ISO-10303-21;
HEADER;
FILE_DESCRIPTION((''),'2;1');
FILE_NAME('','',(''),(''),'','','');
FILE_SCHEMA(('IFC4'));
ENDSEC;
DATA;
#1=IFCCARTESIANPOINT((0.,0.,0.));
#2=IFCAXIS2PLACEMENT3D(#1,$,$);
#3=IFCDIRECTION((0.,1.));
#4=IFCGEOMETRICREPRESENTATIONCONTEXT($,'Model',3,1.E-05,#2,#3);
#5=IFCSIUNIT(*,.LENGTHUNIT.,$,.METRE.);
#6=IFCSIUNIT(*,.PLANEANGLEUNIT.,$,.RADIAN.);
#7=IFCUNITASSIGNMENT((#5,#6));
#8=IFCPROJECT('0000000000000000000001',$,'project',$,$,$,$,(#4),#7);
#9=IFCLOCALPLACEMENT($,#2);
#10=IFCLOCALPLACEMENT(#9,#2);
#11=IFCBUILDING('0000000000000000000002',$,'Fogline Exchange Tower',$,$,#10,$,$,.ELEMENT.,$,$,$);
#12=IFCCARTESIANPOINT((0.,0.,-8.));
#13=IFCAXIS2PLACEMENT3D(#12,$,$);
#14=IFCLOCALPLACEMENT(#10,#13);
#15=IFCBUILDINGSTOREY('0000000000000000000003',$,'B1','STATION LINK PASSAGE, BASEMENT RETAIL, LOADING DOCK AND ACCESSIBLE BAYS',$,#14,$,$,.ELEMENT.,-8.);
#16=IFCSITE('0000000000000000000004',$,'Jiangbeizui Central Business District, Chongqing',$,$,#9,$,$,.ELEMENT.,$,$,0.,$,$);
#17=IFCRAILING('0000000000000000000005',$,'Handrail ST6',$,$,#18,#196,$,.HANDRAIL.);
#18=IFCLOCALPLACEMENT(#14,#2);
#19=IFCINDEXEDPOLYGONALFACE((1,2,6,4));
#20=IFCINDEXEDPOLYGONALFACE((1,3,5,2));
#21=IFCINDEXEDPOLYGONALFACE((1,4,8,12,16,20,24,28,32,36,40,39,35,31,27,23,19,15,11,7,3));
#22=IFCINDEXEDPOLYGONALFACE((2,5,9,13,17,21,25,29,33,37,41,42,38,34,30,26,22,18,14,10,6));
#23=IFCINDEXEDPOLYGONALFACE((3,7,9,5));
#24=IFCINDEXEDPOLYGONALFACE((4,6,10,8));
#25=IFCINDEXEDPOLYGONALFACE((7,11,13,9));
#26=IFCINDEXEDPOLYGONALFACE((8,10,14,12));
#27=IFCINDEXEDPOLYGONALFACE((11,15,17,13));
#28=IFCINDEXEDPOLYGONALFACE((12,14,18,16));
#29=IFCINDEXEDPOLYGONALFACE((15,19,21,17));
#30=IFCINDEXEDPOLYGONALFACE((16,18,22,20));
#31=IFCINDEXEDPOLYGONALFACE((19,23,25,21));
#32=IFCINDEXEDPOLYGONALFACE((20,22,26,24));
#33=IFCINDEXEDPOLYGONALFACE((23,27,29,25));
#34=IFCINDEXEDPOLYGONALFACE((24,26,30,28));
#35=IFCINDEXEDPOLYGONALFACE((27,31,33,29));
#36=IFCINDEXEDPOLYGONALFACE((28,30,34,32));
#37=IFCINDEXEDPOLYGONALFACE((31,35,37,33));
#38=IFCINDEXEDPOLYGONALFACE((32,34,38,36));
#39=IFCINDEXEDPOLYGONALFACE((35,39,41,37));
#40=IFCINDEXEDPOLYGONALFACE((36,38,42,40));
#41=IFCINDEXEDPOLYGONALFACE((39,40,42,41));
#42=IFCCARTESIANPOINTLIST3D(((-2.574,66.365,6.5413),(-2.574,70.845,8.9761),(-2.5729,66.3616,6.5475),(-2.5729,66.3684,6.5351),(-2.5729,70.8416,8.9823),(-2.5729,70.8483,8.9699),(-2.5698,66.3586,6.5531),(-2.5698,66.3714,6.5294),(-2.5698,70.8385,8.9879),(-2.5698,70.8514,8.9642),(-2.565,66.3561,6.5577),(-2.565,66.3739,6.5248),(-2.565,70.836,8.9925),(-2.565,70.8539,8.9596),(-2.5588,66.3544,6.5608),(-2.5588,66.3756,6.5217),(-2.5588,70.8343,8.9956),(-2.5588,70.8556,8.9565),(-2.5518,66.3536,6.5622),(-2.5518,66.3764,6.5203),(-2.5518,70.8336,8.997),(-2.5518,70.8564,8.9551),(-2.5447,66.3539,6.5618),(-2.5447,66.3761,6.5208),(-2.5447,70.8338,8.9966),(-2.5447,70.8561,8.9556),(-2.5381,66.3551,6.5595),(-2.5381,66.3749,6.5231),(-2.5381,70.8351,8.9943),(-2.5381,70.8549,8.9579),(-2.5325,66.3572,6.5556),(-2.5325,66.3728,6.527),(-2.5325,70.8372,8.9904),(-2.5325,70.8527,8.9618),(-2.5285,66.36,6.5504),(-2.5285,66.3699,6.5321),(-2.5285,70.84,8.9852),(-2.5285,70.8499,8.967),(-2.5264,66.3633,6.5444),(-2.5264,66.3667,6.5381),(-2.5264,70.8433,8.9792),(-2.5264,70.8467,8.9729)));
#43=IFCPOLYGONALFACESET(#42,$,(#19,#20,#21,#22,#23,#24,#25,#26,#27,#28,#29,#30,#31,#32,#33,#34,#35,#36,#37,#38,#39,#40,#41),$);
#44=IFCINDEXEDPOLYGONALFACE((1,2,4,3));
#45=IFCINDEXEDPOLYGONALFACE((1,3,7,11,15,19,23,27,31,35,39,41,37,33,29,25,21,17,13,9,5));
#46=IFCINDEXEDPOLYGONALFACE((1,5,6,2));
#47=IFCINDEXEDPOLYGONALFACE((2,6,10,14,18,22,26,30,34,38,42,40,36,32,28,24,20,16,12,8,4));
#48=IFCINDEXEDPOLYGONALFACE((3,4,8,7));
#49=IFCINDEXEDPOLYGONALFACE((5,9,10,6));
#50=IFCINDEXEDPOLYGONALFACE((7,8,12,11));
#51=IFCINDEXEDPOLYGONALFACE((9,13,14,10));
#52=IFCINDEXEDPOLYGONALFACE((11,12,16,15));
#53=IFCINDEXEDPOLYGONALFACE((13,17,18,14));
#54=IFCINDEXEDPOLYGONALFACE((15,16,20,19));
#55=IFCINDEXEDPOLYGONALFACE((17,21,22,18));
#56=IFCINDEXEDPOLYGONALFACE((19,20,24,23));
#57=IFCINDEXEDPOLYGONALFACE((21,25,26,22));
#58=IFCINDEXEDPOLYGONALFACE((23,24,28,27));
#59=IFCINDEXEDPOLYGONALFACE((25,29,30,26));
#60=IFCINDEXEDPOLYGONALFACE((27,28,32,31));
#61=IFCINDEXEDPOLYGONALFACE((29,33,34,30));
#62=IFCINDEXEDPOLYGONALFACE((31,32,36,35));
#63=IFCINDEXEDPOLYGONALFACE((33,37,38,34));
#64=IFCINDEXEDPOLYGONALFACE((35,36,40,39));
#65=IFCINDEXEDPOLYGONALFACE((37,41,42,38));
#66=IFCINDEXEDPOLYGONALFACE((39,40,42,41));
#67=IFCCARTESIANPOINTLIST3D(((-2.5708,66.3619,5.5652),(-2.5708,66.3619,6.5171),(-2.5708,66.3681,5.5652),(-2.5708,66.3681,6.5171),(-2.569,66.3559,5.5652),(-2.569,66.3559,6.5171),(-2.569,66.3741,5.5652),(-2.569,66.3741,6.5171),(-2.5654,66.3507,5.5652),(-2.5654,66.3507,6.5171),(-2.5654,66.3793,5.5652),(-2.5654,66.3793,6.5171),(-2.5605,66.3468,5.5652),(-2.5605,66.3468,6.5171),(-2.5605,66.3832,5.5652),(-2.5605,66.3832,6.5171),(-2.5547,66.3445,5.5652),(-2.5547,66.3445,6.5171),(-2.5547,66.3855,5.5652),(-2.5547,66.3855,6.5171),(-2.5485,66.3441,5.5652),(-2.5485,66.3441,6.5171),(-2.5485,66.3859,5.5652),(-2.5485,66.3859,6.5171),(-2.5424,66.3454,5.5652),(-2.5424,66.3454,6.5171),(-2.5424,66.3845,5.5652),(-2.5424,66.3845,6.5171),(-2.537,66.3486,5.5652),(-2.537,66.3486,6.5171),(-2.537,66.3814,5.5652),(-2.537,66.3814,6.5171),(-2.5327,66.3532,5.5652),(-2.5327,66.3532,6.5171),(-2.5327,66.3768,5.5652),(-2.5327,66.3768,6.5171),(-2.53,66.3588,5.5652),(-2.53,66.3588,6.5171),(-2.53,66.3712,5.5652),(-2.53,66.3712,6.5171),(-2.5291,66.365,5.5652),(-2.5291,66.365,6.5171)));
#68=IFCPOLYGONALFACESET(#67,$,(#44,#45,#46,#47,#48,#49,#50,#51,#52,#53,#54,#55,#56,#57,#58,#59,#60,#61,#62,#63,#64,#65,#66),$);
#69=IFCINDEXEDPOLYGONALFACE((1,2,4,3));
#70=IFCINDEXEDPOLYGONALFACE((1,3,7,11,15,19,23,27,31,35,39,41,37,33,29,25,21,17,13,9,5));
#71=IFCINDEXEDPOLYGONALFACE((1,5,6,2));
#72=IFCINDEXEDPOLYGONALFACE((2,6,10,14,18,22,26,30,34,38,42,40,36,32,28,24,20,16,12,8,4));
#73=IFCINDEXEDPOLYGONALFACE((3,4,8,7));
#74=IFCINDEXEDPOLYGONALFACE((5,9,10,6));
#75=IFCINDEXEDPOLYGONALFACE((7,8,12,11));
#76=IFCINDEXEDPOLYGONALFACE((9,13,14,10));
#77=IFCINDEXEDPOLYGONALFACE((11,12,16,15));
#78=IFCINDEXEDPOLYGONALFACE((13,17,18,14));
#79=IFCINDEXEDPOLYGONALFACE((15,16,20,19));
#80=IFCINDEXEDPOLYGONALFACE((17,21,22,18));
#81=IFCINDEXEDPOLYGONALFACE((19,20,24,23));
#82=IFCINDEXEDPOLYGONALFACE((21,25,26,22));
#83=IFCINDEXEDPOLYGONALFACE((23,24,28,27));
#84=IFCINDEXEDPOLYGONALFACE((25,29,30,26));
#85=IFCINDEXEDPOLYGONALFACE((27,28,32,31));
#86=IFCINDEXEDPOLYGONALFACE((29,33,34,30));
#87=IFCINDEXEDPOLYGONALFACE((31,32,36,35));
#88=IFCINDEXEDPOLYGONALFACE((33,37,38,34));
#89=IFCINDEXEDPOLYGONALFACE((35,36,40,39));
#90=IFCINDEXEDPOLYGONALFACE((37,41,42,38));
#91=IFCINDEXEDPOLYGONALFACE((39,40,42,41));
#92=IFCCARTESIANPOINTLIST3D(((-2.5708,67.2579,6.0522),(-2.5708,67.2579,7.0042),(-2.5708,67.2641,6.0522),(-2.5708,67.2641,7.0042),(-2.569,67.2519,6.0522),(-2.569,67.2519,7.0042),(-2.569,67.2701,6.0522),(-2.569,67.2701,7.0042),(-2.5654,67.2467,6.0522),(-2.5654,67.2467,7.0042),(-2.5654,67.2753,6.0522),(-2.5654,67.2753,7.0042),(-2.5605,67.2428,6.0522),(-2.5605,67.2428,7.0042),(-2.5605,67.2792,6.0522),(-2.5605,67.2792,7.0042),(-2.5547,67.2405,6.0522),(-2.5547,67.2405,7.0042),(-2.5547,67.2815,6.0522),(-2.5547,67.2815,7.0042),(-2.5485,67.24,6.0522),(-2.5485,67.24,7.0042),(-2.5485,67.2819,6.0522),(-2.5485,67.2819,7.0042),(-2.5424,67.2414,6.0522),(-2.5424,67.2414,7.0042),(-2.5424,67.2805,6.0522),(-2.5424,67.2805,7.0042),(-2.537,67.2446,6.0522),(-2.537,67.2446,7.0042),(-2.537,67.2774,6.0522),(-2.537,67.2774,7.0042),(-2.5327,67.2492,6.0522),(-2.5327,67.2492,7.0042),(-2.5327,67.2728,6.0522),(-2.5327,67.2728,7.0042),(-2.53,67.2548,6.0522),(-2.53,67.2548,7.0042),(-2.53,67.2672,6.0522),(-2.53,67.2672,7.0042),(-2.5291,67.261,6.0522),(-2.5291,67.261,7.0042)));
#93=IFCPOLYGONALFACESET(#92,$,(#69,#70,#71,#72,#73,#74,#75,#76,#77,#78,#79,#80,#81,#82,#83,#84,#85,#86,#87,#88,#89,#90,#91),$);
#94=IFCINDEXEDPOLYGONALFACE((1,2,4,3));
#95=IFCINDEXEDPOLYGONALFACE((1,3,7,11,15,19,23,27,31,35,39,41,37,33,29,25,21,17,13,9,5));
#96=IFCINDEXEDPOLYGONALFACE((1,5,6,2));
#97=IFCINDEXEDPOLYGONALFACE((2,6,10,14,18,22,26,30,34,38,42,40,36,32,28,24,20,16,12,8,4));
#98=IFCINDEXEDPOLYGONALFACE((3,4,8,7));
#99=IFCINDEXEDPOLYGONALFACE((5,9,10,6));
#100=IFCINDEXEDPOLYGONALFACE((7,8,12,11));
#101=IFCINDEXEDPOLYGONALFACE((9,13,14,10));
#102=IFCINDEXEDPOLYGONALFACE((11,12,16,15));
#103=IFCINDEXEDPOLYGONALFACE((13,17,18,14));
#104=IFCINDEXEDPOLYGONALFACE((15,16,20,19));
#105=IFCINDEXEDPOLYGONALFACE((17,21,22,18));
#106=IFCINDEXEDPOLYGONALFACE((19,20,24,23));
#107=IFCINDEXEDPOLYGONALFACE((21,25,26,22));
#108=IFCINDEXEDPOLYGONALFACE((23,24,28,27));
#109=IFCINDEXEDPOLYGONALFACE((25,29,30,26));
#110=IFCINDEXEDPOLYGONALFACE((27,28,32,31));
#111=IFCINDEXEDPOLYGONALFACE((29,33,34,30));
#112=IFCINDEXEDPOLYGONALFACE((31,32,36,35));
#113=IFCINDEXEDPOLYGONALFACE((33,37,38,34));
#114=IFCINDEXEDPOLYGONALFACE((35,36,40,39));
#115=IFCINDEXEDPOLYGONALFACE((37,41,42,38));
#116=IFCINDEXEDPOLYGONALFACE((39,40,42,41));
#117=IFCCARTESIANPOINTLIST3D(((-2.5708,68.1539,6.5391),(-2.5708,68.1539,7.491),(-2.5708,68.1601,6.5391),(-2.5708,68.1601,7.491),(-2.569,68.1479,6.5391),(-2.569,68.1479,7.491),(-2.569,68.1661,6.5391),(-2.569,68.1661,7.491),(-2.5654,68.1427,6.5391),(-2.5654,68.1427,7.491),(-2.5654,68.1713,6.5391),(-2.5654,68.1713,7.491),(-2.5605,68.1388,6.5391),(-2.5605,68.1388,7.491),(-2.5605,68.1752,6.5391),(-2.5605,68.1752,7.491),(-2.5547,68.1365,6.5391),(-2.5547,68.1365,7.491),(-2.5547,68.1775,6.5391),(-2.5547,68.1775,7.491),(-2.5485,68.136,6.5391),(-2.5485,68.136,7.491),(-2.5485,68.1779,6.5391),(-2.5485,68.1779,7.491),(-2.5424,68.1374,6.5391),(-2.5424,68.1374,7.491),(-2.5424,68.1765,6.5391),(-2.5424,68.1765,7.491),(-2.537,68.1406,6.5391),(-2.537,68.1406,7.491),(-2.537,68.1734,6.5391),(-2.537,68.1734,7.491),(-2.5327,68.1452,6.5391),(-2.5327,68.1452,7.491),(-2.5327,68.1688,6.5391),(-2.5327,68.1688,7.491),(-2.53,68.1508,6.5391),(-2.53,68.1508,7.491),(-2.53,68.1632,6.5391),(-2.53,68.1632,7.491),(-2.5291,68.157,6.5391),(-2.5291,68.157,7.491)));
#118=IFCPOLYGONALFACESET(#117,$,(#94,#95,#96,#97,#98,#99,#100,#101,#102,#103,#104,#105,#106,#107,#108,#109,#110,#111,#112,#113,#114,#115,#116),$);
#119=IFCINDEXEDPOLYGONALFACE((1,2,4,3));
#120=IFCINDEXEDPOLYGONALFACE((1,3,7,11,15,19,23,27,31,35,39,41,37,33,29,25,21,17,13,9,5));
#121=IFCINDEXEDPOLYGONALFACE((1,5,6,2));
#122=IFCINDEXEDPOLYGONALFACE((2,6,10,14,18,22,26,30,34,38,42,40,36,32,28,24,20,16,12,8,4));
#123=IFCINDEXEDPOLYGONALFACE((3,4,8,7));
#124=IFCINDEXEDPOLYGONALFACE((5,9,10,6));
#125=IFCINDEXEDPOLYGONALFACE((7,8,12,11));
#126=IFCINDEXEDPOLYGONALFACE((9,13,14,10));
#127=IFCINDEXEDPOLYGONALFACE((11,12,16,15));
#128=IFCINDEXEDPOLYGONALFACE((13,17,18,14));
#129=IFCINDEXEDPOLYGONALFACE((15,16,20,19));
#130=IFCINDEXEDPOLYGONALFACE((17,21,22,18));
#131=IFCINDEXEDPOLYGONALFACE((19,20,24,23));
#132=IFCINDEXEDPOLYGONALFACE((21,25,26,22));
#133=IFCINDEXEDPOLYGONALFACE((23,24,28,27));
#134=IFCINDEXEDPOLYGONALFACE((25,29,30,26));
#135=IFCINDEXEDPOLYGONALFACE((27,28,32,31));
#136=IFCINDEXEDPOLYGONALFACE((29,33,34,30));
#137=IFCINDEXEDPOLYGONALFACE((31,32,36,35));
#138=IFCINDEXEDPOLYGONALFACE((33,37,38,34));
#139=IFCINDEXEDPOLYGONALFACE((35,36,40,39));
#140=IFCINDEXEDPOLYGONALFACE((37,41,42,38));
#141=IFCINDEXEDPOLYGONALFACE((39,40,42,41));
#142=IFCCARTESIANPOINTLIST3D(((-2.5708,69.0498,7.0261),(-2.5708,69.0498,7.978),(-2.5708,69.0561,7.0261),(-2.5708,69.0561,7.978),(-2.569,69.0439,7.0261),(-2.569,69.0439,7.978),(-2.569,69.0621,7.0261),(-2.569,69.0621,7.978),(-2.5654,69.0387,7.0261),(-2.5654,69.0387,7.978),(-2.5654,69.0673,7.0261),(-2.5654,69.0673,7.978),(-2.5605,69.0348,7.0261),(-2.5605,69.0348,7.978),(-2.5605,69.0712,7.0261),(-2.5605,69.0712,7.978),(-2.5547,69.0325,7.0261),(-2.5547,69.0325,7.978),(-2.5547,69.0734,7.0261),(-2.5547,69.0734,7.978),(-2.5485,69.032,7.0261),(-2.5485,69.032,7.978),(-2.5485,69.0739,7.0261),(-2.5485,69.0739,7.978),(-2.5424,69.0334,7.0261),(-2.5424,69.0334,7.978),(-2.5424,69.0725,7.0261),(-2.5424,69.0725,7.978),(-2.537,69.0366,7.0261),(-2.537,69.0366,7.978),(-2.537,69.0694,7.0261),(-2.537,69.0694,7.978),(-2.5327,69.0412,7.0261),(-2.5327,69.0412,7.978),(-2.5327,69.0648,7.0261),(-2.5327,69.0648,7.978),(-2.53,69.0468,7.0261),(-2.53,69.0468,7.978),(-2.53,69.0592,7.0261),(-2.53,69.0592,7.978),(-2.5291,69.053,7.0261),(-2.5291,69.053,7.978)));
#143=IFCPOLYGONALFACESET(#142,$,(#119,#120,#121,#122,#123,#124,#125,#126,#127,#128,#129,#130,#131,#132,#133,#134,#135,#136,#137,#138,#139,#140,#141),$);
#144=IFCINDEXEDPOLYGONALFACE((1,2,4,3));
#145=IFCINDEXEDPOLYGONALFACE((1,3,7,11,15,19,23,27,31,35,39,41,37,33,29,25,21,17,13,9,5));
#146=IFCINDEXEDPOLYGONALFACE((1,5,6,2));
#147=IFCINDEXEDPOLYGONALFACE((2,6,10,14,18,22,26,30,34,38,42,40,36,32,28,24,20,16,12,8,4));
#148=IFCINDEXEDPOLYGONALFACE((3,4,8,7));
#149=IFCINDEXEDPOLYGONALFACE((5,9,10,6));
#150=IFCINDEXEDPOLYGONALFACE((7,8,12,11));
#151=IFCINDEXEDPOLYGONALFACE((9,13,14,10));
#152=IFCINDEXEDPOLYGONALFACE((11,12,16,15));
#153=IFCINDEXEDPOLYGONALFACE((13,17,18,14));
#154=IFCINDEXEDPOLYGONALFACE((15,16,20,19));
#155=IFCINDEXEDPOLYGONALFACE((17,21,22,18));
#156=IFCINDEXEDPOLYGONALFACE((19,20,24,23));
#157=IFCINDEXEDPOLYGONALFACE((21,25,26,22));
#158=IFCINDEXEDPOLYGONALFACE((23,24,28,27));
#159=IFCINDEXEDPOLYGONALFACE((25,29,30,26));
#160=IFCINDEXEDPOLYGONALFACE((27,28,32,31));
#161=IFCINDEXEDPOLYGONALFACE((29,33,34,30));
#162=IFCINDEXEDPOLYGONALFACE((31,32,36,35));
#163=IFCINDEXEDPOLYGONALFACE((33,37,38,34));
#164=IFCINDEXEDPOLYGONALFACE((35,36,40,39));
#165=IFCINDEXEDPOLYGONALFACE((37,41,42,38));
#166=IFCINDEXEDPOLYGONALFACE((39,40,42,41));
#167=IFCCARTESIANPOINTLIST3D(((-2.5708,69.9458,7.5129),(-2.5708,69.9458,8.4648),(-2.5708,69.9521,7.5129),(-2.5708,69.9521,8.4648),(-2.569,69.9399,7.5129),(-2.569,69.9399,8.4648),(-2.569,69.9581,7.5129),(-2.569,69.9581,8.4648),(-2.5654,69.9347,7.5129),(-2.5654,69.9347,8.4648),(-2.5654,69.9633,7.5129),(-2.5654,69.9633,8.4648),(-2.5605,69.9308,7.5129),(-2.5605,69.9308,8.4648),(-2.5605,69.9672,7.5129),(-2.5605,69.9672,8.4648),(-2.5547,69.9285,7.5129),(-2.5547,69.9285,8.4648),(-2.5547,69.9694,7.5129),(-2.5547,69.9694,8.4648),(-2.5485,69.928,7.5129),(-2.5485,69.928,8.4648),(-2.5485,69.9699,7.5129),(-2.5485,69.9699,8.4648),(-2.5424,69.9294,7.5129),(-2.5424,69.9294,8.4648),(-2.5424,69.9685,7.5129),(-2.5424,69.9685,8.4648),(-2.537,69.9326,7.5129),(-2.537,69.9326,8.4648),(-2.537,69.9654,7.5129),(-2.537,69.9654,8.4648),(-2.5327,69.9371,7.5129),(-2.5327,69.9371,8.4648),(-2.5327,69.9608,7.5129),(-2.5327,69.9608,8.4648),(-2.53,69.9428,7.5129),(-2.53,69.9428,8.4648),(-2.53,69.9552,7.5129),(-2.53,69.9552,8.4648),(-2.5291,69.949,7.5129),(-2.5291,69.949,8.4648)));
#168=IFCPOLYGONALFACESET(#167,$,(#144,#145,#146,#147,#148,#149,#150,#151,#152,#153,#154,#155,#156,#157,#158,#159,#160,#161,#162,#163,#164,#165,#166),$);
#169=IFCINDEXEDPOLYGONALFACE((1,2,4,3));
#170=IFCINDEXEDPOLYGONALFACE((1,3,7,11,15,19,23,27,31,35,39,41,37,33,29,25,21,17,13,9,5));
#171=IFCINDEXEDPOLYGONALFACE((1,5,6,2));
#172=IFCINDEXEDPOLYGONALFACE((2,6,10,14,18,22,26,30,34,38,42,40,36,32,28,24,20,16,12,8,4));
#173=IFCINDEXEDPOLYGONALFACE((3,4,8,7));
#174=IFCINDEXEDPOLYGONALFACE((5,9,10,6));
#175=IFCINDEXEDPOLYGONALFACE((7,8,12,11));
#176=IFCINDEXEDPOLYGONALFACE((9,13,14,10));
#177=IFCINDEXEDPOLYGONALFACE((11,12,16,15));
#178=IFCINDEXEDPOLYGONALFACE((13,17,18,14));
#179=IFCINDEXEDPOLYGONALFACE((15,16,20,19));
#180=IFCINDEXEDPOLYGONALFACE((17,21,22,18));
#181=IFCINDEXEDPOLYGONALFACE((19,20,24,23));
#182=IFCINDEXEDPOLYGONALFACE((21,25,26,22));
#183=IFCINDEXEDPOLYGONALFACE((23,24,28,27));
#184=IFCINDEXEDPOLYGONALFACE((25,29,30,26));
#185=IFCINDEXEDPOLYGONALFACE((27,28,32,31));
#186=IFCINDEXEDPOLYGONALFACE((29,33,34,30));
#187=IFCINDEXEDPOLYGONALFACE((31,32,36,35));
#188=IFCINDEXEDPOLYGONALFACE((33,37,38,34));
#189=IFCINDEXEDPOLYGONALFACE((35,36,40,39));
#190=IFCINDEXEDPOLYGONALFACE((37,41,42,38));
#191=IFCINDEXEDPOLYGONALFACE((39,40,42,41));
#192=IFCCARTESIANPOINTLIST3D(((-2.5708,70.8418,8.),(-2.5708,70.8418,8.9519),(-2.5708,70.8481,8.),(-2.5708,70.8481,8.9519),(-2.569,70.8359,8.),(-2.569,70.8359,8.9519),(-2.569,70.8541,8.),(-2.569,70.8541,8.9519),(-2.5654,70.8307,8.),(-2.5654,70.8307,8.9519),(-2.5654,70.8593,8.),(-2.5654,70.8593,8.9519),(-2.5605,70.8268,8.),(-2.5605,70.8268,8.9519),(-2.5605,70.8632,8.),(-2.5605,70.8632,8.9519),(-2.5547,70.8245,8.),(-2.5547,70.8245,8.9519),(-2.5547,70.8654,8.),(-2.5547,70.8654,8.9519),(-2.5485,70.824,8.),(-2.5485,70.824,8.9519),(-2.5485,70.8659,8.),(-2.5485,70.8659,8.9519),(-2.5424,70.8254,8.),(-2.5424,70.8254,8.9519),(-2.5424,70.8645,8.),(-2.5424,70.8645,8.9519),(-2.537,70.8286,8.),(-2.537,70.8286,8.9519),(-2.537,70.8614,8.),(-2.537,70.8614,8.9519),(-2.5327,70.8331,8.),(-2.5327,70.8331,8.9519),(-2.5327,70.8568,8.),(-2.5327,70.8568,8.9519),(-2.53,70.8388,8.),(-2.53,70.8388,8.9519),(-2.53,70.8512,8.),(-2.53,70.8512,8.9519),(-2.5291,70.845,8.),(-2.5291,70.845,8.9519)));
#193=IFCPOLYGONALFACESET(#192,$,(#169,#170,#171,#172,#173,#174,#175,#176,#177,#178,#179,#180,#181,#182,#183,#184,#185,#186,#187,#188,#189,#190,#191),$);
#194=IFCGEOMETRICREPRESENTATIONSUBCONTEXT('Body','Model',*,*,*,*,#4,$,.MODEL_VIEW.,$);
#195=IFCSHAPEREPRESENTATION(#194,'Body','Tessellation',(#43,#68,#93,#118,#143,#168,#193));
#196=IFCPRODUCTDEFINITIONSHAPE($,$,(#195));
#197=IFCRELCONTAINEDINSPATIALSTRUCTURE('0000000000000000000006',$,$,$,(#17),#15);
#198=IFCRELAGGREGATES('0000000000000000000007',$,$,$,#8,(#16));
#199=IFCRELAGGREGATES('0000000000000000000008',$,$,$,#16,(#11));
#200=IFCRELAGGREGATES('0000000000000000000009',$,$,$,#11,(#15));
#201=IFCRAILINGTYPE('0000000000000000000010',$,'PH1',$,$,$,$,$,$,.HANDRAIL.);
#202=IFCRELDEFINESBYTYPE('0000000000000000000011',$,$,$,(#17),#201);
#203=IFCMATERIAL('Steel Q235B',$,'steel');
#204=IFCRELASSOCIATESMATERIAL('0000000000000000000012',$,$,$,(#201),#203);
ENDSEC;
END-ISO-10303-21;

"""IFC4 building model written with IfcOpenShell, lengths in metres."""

from ifc_helpers import new_model, si_unit, direction, frame, origin, origin_2d, place, context, subcontext, project, spatial, circle, extrude, material, type_object, element, save


model = new_model("IFC4")

# Units and contexts
model_context = context("Model", 3, precision=1e-05, world=origin(), true_north=direction((0.0, 1.0)))
body_context = subcontext(model_context, "Body", "Model", "MODEL_VIEW")
ifc_project = project(units=[si_unit("LENGTHUNIT", "METRE"), si_unit("PLANEANGLEUNIT", "RADIAN")], contexts=[model_context])

# Site, building, storey
site_placement = place(None, origin())
site = spatial("IfcSite", under=ifc_project, at=site_placement, Name="Jiangbeizui Central Business District, Chongqing", CompositionType="ELEMENT", RefElevation=0.0)
building_placement = place(site_placement, origin())
building = spatial("IfcBuilding", under=site, at=building_placement, Name="Fogline Exchange Tower", CompositionType="ELEMENT")
storey_placement = place(building_placement, frame((0.0, 0.0, -8.0)))
storey = spatial("IfcBuildingStorey", under=building, at=storey_placement, Name="B1", Description="STATION LINK PASSAGE, BASEMENT RETAIL, LOADING DOCK AND ACCESSIBLE BAYS", CompositionType="ELEMENT", Elevation=-8.0)

# Railing
ifc_material_1 = material(Name="Steel Q235B", Category="steel")
railing_type_1 = type_object("IfcRailingType", Name="PH1", PredefinedType="HANDRAIL", material=ifc_material_1)
for number, where, name in (
    (1, (-2.55, 66.365, 5.5652), "Handrail ST6"),
):
    element("IfcRailing", number, at=place(storey_placement, frame(where)), inside=storey, type_object=railing_type_1, Name=name, PredefinedType="HANDRAIL", context=body_context, shape_type="SweptSolid", body=[
        extrude(circle(Radius=0.0239, at=origin_2d()), frame((0.0, 0.0, 0.9761), z_axis=(0.0, 0.878621, 0.47752), x_axis=(-1.0, 0.0, 0.0)), (0.0, 0.0, 1.0), 5.0989),
        extrude(circle(Radius=0.021, at=origin_2d()), origin(), (0.0, 0.0, 1.0), 0.9519),
        extrude(circle(Radius=0.021, at=origin_2d()), frame((0.0, 0.896, 0.4871)), (0.0, 0.0, 1.0), 0.9519),
        extrude(circle(Radius=0.021, at=origin_2d()), frame((0.0, 1.792, 0.9739)), (0.0, 0.0, 1.0), 0.9519),
        extrude(circle(Radius=0.021, at=origin_2d()), frame((0.0, 2.688, 1.4609)), (0.0, 0.0, 1.0), 0.9519),
        extrude(circle(Radius=0.021, at=origin_2d()), frame((0.0, 3.584, 1.9478)), (0.0, 0.0, 1.0), 0.9519),
        extrude(circle(Radius=0.021, at=origin_2d()), frame((0.0, 4.48, 2.4348)), (0.0, 0.0, 1.0), 0.9519),
    ])

save(model, "model.ifc")
